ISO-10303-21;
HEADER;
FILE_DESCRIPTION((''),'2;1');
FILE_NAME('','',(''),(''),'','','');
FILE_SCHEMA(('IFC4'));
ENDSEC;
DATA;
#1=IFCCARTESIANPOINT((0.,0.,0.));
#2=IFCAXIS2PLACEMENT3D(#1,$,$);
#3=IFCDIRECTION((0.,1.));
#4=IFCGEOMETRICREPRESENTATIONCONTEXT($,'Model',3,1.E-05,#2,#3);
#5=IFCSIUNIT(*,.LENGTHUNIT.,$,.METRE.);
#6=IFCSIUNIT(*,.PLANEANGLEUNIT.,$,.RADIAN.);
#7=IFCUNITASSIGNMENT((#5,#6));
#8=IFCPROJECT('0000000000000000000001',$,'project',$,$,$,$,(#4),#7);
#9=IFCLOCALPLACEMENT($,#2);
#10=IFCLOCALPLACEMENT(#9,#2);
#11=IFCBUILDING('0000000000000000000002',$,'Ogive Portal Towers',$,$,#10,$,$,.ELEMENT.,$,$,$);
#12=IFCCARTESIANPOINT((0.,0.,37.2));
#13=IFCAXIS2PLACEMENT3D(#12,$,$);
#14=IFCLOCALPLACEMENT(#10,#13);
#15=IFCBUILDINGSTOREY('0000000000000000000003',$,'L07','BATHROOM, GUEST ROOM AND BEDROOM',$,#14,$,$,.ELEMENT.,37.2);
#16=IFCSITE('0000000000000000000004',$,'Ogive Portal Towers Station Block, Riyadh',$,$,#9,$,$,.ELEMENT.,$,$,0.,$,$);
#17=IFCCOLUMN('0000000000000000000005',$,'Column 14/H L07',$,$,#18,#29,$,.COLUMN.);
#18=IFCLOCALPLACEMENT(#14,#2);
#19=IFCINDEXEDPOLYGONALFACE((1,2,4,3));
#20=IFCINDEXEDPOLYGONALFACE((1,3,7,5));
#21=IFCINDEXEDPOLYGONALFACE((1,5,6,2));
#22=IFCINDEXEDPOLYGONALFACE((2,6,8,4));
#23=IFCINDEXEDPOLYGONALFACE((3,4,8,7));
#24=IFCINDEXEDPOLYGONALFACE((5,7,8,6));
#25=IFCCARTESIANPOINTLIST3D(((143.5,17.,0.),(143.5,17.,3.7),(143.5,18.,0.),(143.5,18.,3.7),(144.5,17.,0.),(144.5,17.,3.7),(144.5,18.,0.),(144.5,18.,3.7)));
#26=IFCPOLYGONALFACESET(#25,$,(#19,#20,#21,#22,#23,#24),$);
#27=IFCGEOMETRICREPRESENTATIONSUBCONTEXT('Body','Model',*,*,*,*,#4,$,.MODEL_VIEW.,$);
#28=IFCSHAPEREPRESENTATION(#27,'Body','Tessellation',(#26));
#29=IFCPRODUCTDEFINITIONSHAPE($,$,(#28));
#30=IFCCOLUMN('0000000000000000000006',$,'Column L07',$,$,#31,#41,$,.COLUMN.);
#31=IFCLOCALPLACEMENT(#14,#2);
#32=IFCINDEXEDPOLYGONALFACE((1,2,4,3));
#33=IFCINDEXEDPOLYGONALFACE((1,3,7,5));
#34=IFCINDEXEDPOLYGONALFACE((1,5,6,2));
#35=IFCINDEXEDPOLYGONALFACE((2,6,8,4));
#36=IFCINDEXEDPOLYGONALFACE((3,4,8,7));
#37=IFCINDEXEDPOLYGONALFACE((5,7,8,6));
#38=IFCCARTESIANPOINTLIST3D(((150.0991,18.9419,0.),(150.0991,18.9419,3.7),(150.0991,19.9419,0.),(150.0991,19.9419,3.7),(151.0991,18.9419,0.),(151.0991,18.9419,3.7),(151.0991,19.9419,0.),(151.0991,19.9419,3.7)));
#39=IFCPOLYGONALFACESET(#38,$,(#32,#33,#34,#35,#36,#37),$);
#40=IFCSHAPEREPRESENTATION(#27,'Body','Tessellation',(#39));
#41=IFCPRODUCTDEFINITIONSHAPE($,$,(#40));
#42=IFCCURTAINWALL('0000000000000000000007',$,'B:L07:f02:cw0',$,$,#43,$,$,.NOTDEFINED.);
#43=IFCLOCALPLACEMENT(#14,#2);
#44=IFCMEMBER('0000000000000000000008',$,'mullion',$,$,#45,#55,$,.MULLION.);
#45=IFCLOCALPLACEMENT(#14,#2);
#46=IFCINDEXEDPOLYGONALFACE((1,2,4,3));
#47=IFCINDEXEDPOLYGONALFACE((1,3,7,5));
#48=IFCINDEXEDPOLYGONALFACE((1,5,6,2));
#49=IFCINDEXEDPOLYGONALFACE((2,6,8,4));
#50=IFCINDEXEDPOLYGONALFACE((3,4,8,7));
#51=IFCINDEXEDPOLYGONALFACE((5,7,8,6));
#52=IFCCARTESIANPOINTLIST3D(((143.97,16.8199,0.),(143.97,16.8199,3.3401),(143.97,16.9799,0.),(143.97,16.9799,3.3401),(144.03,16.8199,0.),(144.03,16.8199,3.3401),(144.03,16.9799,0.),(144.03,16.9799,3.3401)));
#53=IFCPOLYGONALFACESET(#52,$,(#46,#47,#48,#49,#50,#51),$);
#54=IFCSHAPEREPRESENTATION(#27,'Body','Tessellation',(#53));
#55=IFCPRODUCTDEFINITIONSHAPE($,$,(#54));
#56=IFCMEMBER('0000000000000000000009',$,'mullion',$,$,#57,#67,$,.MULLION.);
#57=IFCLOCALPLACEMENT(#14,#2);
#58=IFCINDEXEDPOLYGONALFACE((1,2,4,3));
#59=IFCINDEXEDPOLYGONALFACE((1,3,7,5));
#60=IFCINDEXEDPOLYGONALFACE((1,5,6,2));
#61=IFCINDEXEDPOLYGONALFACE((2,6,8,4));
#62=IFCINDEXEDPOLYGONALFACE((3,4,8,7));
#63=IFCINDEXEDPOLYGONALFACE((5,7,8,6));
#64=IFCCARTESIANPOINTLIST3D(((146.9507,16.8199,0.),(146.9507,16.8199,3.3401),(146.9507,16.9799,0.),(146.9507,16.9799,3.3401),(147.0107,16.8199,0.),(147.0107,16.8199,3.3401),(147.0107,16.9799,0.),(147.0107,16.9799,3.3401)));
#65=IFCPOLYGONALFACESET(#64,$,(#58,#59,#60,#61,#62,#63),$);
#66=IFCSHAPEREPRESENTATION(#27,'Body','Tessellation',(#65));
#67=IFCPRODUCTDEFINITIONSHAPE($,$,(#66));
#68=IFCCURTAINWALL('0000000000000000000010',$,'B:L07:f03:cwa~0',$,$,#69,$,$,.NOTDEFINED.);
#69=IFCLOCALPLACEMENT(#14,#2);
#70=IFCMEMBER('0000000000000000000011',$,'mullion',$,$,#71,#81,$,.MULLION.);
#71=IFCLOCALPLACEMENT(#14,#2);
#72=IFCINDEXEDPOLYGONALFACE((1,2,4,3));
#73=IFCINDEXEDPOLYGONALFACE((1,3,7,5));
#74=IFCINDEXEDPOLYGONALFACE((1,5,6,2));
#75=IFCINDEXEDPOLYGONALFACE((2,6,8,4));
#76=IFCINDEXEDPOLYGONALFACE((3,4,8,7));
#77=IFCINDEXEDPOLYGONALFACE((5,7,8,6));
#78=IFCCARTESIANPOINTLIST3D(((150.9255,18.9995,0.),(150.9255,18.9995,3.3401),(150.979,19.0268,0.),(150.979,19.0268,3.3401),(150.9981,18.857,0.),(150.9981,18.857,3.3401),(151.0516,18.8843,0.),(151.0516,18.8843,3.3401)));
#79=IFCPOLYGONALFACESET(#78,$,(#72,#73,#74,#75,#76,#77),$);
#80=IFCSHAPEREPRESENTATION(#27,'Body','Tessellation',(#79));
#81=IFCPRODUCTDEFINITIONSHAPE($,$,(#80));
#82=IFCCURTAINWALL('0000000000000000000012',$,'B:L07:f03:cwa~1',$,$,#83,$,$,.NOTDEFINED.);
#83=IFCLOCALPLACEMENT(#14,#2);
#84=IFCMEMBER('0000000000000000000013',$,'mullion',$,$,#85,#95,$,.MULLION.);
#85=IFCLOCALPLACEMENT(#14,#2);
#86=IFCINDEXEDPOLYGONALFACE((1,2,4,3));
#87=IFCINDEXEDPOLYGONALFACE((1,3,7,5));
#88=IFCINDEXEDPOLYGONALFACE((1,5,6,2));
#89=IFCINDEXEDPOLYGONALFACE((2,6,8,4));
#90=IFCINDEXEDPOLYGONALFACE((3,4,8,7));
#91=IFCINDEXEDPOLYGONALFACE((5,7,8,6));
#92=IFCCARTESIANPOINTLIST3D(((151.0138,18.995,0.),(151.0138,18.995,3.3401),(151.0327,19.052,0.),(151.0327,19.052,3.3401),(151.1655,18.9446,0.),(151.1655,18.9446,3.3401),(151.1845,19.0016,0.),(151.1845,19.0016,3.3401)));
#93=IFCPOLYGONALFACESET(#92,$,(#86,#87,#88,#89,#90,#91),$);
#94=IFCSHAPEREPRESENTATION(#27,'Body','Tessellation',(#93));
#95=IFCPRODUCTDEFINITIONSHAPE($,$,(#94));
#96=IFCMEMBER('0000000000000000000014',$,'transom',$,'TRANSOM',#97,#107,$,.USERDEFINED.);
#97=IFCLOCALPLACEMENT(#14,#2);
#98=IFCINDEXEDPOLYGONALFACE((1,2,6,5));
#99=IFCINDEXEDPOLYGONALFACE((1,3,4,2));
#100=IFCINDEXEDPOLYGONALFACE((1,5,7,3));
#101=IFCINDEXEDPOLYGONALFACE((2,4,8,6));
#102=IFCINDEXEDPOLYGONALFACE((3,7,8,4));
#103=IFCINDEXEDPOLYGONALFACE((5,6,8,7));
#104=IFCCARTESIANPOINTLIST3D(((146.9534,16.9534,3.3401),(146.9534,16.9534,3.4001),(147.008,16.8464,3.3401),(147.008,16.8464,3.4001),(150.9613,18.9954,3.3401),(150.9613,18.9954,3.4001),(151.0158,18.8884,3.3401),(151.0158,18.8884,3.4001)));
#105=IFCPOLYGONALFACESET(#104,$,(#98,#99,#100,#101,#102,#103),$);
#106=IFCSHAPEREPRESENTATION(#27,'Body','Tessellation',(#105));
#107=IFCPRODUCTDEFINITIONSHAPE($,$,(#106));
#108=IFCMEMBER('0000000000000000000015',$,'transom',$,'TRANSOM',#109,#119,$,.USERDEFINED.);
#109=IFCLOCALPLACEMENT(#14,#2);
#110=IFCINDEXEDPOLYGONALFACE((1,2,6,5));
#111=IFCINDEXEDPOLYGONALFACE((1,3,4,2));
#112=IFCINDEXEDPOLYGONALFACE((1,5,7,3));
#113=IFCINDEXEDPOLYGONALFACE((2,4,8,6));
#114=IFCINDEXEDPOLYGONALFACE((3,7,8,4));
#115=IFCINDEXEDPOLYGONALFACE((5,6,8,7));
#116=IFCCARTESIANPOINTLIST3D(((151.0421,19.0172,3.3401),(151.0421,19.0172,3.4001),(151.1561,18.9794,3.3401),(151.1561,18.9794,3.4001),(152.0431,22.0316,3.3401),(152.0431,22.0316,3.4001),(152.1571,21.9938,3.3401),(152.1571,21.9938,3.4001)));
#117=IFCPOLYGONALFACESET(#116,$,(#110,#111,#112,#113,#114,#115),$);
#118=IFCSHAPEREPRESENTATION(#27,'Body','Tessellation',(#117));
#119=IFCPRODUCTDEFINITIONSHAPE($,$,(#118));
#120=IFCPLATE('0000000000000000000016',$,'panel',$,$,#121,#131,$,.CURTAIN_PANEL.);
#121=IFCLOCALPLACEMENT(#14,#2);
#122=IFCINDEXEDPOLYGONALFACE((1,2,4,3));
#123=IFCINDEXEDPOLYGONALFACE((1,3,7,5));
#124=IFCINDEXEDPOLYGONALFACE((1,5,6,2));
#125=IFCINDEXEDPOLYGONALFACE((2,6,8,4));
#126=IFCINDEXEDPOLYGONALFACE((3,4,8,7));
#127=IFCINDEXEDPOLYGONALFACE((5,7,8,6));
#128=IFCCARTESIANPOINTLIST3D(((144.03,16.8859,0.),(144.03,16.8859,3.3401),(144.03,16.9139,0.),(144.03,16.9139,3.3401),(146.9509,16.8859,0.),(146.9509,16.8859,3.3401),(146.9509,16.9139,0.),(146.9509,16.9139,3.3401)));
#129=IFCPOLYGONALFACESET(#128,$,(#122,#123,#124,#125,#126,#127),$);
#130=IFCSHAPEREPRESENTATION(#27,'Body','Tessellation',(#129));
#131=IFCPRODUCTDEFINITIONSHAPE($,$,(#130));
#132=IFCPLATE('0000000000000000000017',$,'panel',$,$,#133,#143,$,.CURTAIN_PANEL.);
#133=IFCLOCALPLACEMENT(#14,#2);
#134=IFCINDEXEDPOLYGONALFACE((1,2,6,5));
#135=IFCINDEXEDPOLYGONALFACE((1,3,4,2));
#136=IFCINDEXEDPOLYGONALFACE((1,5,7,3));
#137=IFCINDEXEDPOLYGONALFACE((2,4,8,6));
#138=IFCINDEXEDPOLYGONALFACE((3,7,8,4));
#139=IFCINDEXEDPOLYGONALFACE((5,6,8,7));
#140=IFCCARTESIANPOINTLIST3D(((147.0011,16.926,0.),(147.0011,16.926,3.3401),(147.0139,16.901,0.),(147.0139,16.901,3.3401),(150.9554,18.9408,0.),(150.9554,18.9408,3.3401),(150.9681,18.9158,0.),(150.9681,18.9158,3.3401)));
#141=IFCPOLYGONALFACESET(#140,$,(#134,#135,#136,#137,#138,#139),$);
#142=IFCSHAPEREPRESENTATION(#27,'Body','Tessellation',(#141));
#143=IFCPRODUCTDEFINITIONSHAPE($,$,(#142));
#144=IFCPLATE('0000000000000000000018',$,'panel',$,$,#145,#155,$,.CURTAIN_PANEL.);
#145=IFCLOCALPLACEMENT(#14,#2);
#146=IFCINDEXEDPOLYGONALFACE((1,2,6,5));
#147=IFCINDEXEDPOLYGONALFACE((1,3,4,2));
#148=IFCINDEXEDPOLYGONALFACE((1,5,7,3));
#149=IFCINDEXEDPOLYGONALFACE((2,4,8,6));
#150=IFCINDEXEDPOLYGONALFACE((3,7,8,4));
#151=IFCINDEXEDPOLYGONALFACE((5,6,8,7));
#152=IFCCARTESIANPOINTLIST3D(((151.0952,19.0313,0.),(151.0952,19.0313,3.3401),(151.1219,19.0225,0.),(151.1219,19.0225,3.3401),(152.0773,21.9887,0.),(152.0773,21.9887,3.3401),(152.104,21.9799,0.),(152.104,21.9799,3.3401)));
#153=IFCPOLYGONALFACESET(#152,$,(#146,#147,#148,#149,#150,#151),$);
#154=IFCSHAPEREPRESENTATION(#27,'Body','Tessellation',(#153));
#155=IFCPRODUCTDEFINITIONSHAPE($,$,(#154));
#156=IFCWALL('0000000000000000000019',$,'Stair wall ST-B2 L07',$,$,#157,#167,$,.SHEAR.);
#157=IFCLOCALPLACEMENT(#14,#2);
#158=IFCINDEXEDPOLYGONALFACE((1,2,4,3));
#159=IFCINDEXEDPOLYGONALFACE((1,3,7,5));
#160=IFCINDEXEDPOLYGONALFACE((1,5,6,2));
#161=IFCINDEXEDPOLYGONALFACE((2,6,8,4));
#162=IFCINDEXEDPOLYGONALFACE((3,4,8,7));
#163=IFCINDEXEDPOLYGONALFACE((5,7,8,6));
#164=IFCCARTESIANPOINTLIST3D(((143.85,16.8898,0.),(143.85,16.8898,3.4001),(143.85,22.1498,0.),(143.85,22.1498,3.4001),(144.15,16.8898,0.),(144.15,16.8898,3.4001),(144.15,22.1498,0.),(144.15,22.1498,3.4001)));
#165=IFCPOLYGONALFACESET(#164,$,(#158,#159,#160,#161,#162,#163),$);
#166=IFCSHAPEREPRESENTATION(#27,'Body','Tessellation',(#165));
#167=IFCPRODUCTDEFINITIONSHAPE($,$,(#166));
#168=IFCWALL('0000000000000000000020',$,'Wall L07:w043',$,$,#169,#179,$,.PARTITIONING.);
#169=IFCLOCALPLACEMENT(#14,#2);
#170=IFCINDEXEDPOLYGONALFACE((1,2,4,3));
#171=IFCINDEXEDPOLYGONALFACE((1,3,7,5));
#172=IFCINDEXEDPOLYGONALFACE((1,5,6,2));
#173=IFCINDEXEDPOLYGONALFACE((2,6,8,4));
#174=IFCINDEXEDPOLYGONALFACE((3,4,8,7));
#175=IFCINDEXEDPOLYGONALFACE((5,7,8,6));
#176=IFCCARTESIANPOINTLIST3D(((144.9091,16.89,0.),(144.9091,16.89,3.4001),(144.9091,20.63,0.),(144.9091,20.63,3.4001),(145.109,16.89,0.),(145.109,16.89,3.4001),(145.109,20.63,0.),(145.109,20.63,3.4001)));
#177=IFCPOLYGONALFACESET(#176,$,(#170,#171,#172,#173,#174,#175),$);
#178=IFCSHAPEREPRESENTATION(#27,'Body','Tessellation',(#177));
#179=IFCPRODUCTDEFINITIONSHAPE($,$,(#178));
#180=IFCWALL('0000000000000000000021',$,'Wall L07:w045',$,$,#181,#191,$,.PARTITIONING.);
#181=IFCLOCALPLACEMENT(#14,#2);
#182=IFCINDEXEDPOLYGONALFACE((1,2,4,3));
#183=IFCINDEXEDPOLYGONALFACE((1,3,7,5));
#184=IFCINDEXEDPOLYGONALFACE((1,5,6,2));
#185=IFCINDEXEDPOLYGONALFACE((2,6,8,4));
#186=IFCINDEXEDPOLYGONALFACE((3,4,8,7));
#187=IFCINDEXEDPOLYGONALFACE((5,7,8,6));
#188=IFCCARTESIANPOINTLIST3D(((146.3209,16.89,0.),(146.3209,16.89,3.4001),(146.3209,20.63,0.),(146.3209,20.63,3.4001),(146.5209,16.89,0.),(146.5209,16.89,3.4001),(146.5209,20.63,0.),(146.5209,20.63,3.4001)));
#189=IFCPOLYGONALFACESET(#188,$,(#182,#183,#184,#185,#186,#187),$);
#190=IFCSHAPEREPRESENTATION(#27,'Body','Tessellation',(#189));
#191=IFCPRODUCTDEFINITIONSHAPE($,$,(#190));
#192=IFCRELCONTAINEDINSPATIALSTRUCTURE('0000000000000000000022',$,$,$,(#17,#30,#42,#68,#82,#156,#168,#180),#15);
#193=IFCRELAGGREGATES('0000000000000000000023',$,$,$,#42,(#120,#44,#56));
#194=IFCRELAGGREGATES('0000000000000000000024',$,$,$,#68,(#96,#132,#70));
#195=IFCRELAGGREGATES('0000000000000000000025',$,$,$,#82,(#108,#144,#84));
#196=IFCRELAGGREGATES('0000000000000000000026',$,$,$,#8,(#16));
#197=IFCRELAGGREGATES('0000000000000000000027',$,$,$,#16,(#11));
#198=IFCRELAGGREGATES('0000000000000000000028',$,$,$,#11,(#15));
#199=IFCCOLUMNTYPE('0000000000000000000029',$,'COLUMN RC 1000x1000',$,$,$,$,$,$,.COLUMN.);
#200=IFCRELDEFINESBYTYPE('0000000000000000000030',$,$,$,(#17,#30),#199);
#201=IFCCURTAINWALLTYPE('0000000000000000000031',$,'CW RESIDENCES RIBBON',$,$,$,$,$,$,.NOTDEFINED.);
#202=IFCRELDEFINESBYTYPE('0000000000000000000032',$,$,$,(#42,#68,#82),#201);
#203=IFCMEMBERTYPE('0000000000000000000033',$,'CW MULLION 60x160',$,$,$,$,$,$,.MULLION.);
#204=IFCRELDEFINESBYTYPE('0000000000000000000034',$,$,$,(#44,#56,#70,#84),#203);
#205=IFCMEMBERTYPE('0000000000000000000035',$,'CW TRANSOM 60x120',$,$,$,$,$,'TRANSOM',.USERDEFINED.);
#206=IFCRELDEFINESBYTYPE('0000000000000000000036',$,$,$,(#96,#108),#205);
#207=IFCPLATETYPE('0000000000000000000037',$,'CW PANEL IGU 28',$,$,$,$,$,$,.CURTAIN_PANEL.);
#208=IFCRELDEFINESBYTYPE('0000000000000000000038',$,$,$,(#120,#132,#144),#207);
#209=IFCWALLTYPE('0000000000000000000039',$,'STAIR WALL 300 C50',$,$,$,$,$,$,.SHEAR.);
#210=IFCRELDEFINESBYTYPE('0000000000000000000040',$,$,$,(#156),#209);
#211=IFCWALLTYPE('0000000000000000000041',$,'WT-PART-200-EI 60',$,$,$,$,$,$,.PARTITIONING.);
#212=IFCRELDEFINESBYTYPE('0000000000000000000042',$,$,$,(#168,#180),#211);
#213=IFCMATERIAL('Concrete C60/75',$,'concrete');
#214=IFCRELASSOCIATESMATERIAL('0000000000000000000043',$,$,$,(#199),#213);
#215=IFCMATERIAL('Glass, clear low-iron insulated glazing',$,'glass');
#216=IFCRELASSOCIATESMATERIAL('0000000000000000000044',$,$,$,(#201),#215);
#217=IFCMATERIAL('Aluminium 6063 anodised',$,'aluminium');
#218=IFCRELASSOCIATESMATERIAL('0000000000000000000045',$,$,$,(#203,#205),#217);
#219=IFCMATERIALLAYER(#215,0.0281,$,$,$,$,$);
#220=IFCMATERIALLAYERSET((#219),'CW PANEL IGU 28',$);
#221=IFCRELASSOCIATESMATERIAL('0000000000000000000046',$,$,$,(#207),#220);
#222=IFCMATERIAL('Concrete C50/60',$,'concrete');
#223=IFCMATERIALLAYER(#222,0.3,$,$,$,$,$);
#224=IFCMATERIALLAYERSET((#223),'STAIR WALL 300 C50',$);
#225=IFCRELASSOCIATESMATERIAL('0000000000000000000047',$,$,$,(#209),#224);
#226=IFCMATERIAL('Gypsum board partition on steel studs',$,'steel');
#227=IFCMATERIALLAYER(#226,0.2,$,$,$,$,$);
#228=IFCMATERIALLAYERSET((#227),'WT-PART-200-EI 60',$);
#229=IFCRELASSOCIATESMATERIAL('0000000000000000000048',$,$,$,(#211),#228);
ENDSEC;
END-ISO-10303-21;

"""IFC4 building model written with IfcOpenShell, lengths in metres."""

from ifc_helpers import new_model, si_unit, direction, frame, frame_2d, origin, origin_2d, place, context, subcontext, project, spatial, rectangle, extrude, material, layer, layer_set, material_profile, profile_set, type_object, element, aggregate, save


model = new_model("IFC4")

# Units and contexts
model_context = context("Model", 3, precision=1e-05, world=origin(), true_north=direction((0.0, 1.0)))
body_context = subcontext(model_context, "Body", "Model", "MODEL_VIEW")
ifc_project = project(units=[si_unit("LENGTHUNIT", "METRE"), si_unit("PLANEANGLEUNIT", "RADIAN")], contexts=[model_context])

# Site, building, storey
site_placement = place(None, origin())
site = spatial("IfcSite", under=ifc_project, at=site_placement, Name="Ogive Portal Towers Station Block, Riyadh", CompositionType="ELEMENT", RefElevation=0.0)
building_placement = place(site_placement, origin())
building = spatial("IfcBuilding", under=site, at=building_placement, Name="Ogive Portal Towers", CompositionType="ELEMENT")
storey_placement = place(building_placement, frame((0.0, 0.0, 37.2)))
storey = spatial("IfcBuildingStorey", under=building, at=storey_placement, Name="L07", Description="BATHROOM, GUEST ROOM AND BEDROOM", CompositionType="ELEMENT", Elevation=37.2)

# Columns
ifc_material_1 = material(Name="Concrete C60/75", Category="concrete")
ifc_material_profile_1 = material_profile(ifc_material_1, rectangle(XDim=1.0, YDim=1.0, at=origin_2d()), Name="RC 1000x1000")
ifc_profile_set_1 = profile_set([ifc_material_profile_1], Name="Concrete C60/75")
column_type = type_object("IfcColumnType", Name="COLUMN RC 1000x1000", PredefinedType="COLUMN", material=ifc_profile_set_1)
for number, where, z_axis, x_axis, name in (
    (1, (144.0, 17.5, 0.0), (0.0, 0.0, 1.0), (1.0, 0.0, 0.0), "Column 14/H L07"),
    (2, (150.5991, 19.4419, 0.0), (0.0, 0.0, 1.0), (1.0, 0.0, 0.0), "Column L07"),
):
    element("IfcColumn", number, at=place(storey_placement, frame(where, z_axis=z_axis, x_axis=x_axis)), inside=storey, type_object=column_type, Name=name, PredefinedType="COLUMN", context=body_context, shape_type="SweptSolid", body=[
        extrude(rectangle(XDim=1.0, YDim=1.0, at=origin_2d()), origin(), (0.0, 0.0, 1.0), 3.7),
    ])

# Curtain wall, members
ifc_material_2 = material(Name="Glass, clear low-iron insulated glazing", Category="glass")
curtain_wall_type = type_object("IfcCurtainWallType", Name="CW RESIDENCES RIBBON", PredefinedType="NOTDEFINED", material=ifc_material_2)
curtain_wall_1_placement = place(storey_placement, origin())
curtain_wall_1 = element("IfcCurtainWall", 3, at=curtain_wall_1_placement, inside=storey, type_object=curtain_wall_type, Name="B:L07:f02:cw0", PredefinedType="NOTDEFINED")
ifc_material_3 = material(Name="Aluminium 6063 anodised", Category="aluminium")
ifc_material_profile_2 = material_profile(ifc_material_3, rectangle(XDim=0.1599, YDim=0.0601, at=origin_2d()), Name="AL 60x160")
ifc_profile_set_2 = profile_set([ifc_material_profile_2], Name="Aluminium 6063 anodised")
member_type_1 = type_object("IfcMemberType", Name="CW MULLION 60x160", PredefinedType="MULLION", material=ifc_profile_set_2)
member_1_placement = place(storey_placement, frame((144.0, 16.8999, 0.0), z_axis=(0.0, 0.0, 1.0), x_axis=(0.0, 1.0, 0.0)))
member_1 = element("IfcMember", 4, at=member_1_placement, type_object=member_type_1, Name="mullion", PredefinedType="MULLION", context=body_context, shape_type="SweptSolid", body=[
    extrude(rectangle(XDim=0.1599, YDim=0.0601, at=origin_2d()), origin(), (0.0, 0.0, 1.0), 3.3401),
])
member_2_placement = place(storey_placement, frame((146.9807, 16.8999, 0.0), z_axis=(0.0, 0.0, 1.0), x_axis=(0.0, 1.0, 0.0)))
member_2 = element("IfcMember", 5, at=member_2_placement, type_object=member_type_1, Name="mullion", PredefinedType="MULLION", context=body_context, shape_type="SweptSolid", body=[
    extrude(rectangle(XDim=0.1599, YDim=0.0601, at=origin_2d()), origin(), (0.0, 0.0, 1.0), 3.3401),
])

# Curtain walls, members
curtain_wall_2_placement = place(storey_placement, origin())
curtain_wall_2 = element("IfcCurtainWall", 6, at=curtain_wall_2_placement, inside=storey, type_object=curtain_wall_type, Name="B:L07:f03:cwa~0", PredefinedType="NOTDEFINED")
member_3_placement = place(storey_placement, frame((150.9885, 18.9419, 0.0), z_axis=(0.0, 0.0, 1.0), x_axis=(-0.45399, 0.891007, 0.0)))
member_3 = element("IfcMember", 7, at=member_3_placement, type_object=member_type_1, Name="mullion", PredefinedType="MULLION", context=body_context, shape_type="SweptSolid", body=[
    extrude(rectangle(XDim=0.1599, YDim=0.0601, at=origin_2d()), origin(), (0.0, 0.0, 1.0), 3.3401),
])
curtain_wall_3_placement = place(storey_placement, origin())
curtain_wall_3 = element("IfcCurtainWall", 8, at=curtain_wall_3_placement, inside=storey, type_object=curtain_wall_type, Name="B:L07:f03:cwa~1", PredefinedType="NOTDEFINED")
member_4_placement = place(storey_placement, frame((151.0991, 18.9983, 0.0), z_axis=(0.0, 0.0, 1.0), x_axis=(-0.94904, 0.315156, 0.0)))
member_4 = element("IfcMember", 9, at=member_4_placement, type_object=member_type_1, Name="mullion", PredefinedType="MULLION", context=body_context, shape_type="SweptSolid", body=[
    extrude(rectangle(XDim=0.1599, YDim=0.0601, at=origin_2d()), origin(), (0.0, 0.0, 1.0), 3.3401),
])

# Members
ifc_material_profile_3 = material_profile(ifc_material_3, rectangle(XDim=0.1201, YDim=0.0601, at=origin_2d()), Name="AL 120x60")
ifc_profile_set_3 = profile_set([ifc_material_profile_3], Name="Aluminium 6063 anodised")
member_type_2 = type_object("IfcMemberType", Name="CW TRANSOM 60x120", ElementType="TRANSOM", PredefinedType="USERDEFINED", material=ifc_profile_set_3)
member_5_placement = place(storey_placement, frame((146.9807, 16.8999, 3.3701), z_axis=(0.891015, 0.453975, 0.0), x_axis=(-0.453975, 0.891015, 0.0)))
member_5 = element("IfcMember", 10, at=member_5_placement, type_object=member_type_2, Name="transom", ObjectType="TRANSOM", PredefinedType="USERDEFINED", context=body_context, shape_type="SweptSolid", body=[
    extrude(rectangle(XDim=0.1201, YDim=0.0601, at=origin_2d()), origin(), (0.0, 0.0, 1.0), 4.498),
])
member_6_placement = place(storey_placement, frame((151.0991, 18.9983, 3.3701), z_axis=(0.315144, 0.949044, 0.0), x_axis=(-0.949044, 0.315144, 0.0)))
member_6 = element("IfcMember", 11, at=member_6_placement, type_object=member_type_2, Name="transom", ObjectType="TRANSOM", PredefinedType="USERDEFINED", context=body_context, shape_type="SweptSolid", body=[
    extrude(rectangle(XDim=0.1201, YDim=0.0601, at=origin_2d()), origin(), (0.0, 0.0, 1.0), 3.1763),
])

# Plates
ifc_layer_1 = layer(ifc_material_2, 0.0281)
ifc_layer_set_1 = layer_set([ifc_layer_1], Name="CW PANEL IGU 28")
plate_type = type_object("IfcPlateType", Name="CW PANEL IGU 28", PredefinedType="CURTAIN_PANEL", material=ifc_layer_set_1)
plate_1_placement = place(storey_placement, frame((145.4905, 16.8999, 0.0), z_axis=(0.0, 0.0, 1.0), x_axis=(1.0, 0.0, 0.0)))
plate_1 = element("IfcPlate", 12, at=plate_1_placement, type_object=plate_type, Name="panel", PredefinedType="CURTAIN_PANEL", context=body_context, shape_type="SweptSolid", body=[
    extrude(rectangle(XDim=2.9209, YDim=0.0281, at=origin_2d()), origin(), (0.0, 0.0, 1.0), 3.3401),
])
aggregate(curtain_wall_1, [plate_1, member_1, member_2])
plate_2_placement = place(storey_placement, frame((148.9846, 17.9209, 0.0), z_axis=(0.0, 0.0, 1.0), x_axis=(0.891007, 0.45399, 0.0)))
plate_2 = element("IfcPlate", 13, at=plate_2_placement, type_object=plate_type, Name="panel", PredefinedType="CURTAIN_PANEL", context=body_context, shape_type="SweptSolid", body=[
    extrude(rectangle(XDim=4.438, YDim=0.0281, at=origin_2d()), origin(), (0.0, 0.0, 1.0), 3.3401),
])
aggregate(curtain_wall_2, [member_5, plate_2, member_3])
plate_3_placement = place(storey_placement, frame((151.5996, 20.5056, 0.0), z_axis=(0.0, 0.0, 1.0), x_axis=(0.315156, 0.94904, 0.0)))
plate_3 = element("IfcPlate", 14, at=plate_3_placement, type_object=plate_type, Name="panel", PredefinedType="CURTAIN_PANEL", context=body_context, shape_type="SweptSolid", body=[
    extrude(rectangle(XDim=3.1162, YDim=0.0281, at=origin_2d()), origin(), (0.0, 0.0, 1.0), 3.3401),
])
aggregate(curtain_wall_3, [member_6, plate_3, member_4])

# Walls
ifc_material_4 = material(Name="Concrete C50/60", Category="concrete")
ifc_layer_2 = layer(ifc_material_4, 0.3)
ifc_layer_set_2 = layer_set([ifc_layer_2], Name="STAIR WALL 300 C50")
wall_type_1 = type_object("IfcWallType", Name="STAIR WALL 300 C50", PredefinedType="SHEAR", material=ifc_layer_set_2)
wall_placement = place(storey_placement, frame((144.0, 16.8899, 0.0), z_axis=(0.0, 0.0, 1.0), x_axis=(0.0, 1.0, 0.0)))
element("IfcWall", 15, at=wall_placement, inside=storey, type_object=wall_type_1, Name="Stair wall ST-B2 L07", PredefinedType="SHEAR", context=body_context, shape_type="SweptSolid", body=[
    extrude(rectangle(XDim=5.26, YDim=0.3, at=frame_2d((2.6299, 0.0))), origin(), (0.0, 0.0, 1.0), 3.4001),
])
ifc_material_5 = material(Name="Gypsum board partition on steel studs", Category="steel")
ifc_layer_3 = layer(ifc_material_5, 0.2)
ifc_layer_set_3 = layer_set([ifc_layer_3], Name="WT-PART-200-EI 60")
wall_type_2 = type_object("IfcWallType", Name="WT-PART-200-EI 60", PredefinedType="PARTITIONING", material=ifc_layer_set_3)
for number, where, z_axis, x_axis, name in (
    (16, (145.009, 16.8899, 0.0), (0.0, 0.0, 1.0), (0.0, 1.0, 0.0), "Wall L07:w043"),
    (17, (146.4209, 16.8899, 0.0), (0.0, 0.0, 1.0), (0.0, 1.0, 0.0), "Wall L07:w045"),
):
    element("IfcWall", number, at=place(storey_placement, frame(where, z_axis=z_axis, x_axis=x_axis)), inside=storey, type_object=wall_type_2, Name=name, PredefinedType="PARTITIONING", context=body_context, shape_type="SweptSolid", body=[
        extrude(rectangle(XDim=3.74, YDim=0.2, at=frame_2d((1.8701, 0.0))), origin(), (0.0, 0.0, 1.0), 3.4001),
    ])

save(model, "model.ifc")
